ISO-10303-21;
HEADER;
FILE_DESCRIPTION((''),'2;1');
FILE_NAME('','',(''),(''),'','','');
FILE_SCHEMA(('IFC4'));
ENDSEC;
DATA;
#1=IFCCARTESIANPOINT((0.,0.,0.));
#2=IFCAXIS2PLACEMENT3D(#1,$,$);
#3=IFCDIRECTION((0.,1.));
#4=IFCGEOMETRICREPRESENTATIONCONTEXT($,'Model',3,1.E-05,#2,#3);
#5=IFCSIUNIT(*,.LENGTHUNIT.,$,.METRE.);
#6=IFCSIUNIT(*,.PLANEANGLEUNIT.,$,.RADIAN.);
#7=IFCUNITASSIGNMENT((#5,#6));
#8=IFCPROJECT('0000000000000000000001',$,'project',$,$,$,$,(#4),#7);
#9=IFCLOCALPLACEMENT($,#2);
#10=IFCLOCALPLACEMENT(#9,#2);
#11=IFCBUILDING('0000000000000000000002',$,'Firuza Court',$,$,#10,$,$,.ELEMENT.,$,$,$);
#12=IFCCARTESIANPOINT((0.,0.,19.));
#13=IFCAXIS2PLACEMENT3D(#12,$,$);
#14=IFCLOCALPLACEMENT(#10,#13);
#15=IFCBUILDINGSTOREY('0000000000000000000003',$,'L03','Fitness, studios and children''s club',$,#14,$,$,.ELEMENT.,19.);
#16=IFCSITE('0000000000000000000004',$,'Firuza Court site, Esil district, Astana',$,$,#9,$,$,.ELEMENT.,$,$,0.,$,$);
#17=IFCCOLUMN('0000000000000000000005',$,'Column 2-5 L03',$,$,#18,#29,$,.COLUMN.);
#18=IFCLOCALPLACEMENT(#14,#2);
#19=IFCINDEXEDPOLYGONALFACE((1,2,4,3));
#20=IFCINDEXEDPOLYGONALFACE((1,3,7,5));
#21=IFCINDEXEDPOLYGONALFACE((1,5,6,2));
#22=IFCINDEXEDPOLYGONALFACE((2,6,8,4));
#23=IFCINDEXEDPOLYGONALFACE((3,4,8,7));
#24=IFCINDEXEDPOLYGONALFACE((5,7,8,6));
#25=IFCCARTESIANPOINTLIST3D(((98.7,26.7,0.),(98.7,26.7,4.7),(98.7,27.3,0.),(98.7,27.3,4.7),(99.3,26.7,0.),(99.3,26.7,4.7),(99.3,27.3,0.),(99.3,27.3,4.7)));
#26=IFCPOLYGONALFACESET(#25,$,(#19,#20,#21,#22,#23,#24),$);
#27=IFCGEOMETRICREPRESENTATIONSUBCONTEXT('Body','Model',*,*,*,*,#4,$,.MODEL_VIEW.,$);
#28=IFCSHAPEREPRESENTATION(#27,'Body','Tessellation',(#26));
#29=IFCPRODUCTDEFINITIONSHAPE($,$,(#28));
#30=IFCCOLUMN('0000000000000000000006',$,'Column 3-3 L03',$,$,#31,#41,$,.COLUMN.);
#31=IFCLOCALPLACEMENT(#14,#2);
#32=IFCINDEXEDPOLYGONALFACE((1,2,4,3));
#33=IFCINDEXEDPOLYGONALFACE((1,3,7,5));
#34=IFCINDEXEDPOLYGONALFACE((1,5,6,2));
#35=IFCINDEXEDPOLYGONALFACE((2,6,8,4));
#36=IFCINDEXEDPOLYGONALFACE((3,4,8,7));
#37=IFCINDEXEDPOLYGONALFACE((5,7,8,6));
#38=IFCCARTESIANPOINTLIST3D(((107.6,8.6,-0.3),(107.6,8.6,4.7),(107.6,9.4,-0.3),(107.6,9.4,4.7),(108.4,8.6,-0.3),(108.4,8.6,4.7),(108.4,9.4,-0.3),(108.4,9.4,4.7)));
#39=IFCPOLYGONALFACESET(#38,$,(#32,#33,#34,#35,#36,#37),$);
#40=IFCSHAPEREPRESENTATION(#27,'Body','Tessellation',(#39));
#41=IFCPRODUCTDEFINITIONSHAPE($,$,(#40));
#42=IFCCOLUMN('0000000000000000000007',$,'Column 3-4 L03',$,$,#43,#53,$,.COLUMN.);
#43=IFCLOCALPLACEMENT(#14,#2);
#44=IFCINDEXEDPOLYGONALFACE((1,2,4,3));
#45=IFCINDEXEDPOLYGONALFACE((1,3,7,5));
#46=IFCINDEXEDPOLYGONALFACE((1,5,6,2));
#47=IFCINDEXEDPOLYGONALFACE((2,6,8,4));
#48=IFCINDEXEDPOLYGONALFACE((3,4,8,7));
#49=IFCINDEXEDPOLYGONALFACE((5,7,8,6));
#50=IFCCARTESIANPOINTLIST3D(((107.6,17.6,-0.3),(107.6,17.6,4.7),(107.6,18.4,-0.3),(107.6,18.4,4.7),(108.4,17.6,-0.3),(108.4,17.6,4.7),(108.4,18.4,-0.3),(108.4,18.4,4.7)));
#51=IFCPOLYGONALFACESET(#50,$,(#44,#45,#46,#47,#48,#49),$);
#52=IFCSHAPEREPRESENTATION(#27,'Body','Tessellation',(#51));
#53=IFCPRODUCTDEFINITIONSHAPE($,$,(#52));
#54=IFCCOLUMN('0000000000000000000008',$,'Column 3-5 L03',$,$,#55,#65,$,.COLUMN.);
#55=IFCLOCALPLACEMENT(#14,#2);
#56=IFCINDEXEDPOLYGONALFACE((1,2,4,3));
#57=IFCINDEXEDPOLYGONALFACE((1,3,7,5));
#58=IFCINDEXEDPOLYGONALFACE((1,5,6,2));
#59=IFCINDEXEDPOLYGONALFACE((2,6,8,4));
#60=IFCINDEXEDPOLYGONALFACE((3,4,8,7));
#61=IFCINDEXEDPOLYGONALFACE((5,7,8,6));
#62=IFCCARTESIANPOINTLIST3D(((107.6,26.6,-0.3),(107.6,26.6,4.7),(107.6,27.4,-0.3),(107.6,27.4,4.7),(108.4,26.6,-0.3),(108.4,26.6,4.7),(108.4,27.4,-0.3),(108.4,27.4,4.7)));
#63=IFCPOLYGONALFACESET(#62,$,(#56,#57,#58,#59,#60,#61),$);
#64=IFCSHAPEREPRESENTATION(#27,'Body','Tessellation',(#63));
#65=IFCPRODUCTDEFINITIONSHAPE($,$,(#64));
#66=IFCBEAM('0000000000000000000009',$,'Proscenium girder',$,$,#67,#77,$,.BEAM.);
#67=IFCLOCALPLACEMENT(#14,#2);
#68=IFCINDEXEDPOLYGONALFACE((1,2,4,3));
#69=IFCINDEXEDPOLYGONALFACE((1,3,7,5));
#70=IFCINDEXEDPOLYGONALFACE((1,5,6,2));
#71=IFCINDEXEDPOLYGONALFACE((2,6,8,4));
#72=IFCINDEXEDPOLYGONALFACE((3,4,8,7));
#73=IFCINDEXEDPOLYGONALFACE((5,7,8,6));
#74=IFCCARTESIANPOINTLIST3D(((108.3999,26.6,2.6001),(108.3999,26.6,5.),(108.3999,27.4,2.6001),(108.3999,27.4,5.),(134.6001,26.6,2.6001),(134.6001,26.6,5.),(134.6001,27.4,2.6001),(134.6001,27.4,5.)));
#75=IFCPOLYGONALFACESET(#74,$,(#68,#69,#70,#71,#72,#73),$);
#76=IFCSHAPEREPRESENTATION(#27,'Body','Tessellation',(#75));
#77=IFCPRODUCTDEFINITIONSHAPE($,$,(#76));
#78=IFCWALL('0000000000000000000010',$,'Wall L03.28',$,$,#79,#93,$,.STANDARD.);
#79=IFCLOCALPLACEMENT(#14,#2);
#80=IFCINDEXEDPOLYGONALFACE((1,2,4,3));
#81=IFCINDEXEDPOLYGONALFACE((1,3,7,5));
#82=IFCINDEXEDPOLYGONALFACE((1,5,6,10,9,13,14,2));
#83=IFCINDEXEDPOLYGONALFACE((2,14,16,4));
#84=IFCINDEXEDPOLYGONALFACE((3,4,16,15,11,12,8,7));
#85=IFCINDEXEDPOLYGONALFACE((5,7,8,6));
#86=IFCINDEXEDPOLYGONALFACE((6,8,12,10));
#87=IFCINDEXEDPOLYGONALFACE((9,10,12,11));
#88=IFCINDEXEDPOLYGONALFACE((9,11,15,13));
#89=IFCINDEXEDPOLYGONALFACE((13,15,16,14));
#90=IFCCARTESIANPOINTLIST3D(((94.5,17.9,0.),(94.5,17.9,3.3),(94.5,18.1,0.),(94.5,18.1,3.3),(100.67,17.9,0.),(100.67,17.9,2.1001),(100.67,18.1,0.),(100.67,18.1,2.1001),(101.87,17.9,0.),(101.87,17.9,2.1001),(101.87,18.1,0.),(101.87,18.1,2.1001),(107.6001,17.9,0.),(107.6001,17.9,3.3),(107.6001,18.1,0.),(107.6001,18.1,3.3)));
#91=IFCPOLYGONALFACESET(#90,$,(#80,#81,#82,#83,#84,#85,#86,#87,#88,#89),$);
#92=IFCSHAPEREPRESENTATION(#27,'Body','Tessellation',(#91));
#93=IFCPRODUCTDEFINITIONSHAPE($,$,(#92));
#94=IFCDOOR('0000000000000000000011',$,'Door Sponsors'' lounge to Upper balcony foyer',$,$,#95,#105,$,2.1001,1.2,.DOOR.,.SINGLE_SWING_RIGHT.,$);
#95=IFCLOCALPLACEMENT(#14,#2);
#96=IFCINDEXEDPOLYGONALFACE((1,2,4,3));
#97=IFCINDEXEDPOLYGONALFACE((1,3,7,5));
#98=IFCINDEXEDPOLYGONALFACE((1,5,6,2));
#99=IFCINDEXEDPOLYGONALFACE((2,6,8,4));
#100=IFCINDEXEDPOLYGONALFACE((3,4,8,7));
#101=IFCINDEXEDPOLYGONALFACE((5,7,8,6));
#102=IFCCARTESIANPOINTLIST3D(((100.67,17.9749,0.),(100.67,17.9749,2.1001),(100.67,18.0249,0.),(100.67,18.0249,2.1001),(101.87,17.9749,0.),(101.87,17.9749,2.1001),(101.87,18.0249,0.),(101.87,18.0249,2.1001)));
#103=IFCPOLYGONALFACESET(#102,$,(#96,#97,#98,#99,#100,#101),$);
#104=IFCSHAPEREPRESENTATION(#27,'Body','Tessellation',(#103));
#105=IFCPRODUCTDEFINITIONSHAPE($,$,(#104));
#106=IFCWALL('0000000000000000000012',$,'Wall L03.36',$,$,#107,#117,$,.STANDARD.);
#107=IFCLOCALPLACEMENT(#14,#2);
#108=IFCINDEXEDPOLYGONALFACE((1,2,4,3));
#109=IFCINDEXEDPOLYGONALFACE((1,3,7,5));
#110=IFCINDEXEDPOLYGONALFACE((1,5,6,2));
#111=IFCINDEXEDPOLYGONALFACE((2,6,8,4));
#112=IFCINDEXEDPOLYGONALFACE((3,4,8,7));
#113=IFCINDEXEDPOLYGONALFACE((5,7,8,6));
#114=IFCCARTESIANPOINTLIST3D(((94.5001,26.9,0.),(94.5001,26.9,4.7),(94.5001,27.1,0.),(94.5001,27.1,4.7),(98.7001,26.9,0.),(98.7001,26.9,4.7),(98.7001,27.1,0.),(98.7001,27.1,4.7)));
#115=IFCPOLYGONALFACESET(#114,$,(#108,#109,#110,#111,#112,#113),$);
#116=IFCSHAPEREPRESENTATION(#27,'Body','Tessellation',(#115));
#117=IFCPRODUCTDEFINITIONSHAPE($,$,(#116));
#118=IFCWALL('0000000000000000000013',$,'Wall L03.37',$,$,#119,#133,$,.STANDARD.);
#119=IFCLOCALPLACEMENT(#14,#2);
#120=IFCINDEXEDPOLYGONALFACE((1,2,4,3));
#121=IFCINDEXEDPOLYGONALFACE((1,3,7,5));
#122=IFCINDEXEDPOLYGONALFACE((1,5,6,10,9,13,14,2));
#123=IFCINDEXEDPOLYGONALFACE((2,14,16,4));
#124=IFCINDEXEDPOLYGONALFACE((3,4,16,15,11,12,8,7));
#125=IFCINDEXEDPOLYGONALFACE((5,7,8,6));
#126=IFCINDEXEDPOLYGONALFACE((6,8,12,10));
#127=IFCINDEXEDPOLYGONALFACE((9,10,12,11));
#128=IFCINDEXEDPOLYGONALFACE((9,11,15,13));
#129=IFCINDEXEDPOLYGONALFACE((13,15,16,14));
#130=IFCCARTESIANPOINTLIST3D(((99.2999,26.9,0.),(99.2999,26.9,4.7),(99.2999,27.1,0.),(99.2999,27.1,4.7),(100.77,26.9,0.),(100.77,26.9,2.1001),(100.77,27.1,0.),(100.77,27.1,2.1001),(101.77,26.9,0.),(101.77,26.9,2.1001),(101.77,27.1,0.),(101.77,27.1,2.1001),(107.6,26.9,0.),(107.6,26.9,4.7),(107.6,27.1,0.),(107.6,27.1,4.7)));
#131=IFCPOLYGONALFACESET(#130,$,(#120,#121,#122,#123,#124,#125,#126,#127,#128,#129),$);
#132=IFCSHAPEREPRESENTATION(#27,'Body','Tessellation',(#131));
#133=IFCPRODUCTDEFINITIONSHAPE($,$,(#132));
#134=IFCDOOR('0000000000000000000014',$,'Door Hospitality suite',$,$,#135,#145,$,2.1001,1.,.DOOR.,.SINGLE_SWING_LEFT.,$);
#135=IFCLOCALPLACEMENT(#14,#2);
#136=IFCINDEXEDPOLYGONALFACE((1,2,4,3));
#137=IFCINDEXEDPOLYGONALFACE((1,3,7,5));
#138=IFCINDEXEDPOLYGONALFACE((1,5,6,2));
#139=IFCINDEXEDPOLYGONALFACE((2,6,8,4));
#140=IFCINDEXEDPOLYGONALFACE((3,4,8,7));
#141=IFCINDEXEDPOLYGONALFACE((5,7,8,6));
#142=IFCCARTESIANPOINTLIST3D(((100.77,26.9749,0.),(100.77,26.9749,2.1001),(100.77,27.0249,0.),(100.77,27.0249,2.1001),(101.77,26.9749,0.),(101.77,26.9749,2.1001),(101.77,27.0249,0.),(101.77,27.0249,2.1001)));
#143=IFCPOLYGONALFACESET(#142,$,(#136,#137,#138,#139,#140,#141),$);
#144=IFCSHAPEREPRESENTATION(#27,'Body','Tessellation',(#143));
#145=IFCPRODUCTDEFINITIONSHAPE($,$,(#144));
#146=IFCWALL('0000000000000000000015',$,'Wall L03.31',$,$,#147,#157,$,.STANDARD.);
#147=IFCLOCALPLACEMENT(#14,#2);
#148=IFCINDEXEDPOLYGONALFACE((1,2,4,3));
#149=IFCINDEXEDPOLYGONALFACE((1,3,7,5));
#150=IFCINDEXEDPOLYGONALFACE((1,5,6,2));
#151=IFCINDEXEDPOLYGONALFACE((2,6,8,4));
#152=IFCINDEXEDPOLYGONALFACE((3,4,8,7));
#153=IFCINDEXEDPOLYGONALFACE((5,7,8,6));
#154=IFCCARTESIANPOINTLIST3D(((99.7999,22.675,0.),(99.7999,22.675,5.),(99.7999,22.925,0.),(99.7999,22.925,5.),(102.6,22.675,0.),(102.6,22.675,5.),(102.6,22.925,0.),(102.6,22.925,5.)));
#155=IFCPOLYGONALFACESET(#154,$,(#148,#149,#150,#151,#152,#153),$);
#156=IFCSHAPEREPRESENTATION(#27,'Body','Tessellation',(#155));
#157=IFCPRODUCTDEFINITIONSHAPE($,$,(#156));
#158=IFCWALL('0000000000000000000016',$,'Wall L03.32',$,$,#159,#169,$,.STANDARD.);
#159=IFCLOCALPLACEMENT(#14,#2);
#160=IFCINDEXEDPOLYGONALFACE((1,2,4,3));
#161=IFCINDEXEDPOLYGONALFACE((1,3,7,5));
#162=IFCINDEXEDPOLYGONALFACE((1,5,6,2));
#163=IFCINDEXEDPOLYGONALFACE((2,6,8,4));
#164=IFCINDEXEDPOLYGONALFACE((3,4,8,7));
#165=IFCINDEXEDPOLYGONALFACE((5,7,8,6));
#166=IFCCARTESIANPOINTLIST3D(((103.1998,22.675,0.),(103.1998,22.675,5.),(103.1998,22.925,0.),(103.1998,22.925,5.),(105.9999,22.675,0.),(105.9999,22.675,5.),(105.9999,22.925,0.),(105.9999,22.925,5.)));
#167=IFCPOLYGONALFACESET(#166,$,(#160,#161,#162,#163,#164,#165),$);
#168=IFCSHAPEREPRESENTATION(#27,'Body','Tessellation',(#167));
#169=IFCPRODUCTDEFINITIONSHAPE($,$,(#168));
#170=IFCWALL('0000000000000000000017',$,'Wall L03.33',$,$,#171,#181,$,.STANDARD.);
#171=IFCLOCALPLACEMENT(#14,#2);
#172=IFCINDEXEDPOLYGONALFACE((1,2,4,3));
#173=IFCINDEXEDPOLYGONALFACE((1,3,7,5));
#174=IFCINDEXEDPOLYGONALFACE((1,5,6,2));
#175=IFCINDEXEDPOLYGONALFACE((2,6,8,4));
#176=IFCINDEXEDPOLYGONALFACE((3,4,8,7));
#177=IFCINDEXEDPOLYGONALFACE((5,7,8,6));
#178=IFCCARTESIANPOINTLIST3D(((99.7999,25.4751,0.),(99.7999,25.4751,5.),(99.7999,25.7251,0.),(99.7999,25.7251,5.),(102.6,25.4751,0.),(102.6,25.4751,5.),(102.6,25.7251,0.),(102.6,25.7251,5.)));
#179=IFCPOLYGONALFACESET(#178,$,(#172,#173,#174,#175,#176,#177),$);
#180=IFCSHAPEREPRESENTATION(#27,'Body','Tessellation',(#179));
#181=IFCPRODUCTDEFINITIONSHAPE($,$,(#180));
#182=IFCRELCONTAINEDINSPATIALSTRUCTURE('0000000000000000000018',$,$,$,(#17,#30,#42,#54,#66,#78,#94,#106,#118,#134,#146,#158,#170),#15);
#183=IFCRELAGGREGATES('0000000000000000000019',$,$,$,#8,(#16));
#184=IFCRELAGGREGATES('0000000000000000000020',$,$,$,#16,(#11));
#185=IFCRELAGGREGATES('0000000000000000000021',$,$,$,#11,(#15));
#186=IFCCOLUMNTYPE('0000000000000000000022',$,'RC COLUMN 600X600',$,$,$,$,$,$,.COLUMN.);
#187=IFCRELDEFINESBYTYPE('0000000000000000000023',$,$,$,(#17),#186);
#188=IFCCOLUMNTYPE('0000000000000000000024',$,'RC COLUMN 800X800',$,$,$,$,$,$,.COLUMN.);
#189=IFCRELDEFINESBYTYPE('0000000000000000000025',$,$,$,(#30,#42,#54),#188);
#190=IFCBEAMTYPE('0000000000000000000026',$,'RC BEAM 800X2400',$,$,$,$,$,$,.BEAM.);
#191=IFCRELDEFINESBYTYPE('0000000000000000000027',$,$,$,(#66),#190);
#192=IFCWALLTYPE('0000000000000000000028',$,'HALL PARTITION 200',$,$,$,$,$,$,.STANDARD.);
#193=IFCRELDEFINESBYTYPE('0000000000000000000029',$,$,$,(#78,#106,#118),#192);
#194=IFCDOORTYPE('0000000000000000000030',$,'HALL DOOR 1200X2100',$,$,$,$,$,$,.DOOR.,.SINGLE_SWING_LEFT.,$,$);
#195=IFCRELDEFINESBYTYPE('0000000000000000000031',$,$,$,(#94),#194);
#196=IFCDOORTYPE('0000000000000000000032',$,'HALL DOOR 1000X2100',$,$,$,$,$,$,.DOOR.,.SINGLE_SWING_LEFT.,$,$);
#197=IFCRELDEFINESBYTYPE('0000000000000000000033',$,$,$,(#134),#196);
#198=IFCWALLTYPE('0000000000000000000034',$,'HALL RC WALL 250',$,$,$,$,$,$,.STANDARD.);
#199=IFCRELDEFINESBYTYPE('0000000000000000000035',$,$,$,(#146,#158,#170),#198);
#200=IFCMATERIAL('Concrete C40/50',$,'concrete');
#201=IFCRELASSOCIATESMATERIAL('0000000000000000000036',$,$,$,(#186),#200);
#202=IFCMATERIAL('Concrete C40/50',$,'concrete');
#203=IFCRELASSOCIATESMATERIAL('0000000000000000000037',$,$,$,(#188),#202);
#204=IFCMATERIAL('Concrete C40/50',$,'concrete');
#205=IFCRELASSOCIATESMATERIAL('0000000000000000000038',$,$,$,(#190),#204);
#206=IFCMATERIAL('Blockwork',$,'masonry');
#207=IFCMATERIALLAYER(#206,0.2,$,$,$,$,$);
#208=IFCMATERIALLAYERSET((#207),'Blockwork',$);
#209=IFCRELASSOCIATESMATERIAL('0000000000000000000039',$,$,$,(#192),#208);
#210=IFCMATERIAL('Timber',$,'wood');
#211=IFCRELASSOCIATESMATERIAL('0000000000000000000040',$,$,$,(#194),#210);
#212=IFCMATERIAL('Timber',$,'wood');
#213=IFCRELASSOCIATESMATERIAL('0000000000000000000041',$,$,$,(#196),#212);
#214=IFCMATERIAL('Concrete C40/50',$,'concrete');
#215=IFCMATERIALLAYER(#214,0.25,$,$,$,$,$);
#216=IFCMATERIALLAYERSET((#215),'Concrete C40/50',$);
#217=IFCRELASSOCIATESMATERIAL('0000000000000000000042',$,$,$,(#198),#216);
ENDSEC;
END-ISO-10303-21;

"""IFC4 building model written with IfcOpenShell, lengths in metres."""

from ifc_helpers import new_model, si_unit, direction, frame, frame_2d, origin, origin_2d, place, context, subcontext, project, spatial, rectangle, extrude, material, layer, layer_set, material_profile, profile_set, type_object, element, fill, save


model = new_model("IFC4")

# Units and contexts
model_context = context("Model", 3, precision=1e-05, world=origin(), true_north=direction((0.0, 1.0)))
body_context = subcontext(model_context, "Body", "Model", "MODEL_VIEW")
ifc_project = project(units=[si_unit("LENGTHUNIT", "METRE"), si_unit("PLANEANGLEUNIT", "RADIAN")], contexts=[model_context])

# Site, building, storey
site_placement = place(None, origin())
site = spatial("IfcSite", under=ifc_project, at=site_placement, Name="Firuza Court site, Esil district, Astana", CompositionType="ELEMENT", RefElevation=0.0)
building_placement = place(site_placement, origin())
building = spatial("IfcBuilding", under=site, at=building_placement, Name="Firuza Court", CompositionType="ELEMENT")
storey_placement = place(building_placement, frame((0.0, 0.0, 19.0)))
storey = spatial("IfcBuildingStorey", under=building, at=storey_placement, Name="L03", Description="Fitness, studios and children's club", CompositionType="ELEMENT", Elevation=19.0)

# Columns
ifc_material_1 = material(Name="Concrete C40/50", Category="concrete")
ifc_material_profile_1 = material_profile(ifc_material_1, rectangle(XDim=0.6001, YDim=0.6001, at=origin_2d()), Name="RC 600X600")
ifc_profile_set_1 = profile_set([ifc_material_profile_1], Name="Concrete C40/50")
column_type_1 = type_object("IfcColumnType", Name="RC COLUMN 600X600", PredefinedType="COLUMN", material=ifc_profile_set_1)
column_placement = place(storey_placement, frame((99.0, 27.0, 0.0), z_axis=(0.0, 0.0, 1.0), x_axis=(1.0, 0.0, 0.0)))
element("IfcColumn", 1, at=column_placement, inside=storey, type_object=column_type_1, Name="Column 2-5 L03", PredefinedType="COLUMN", context=body_context, shape_type="SweptSolid", body=[
    extrude(rectangle(XDim=0.6001, YDim=0.6001, at=origin_2d()), origin(), (0.0, 0.0, 1.0), 4.7),
])
ifc_material_2 = material(Name="Concrete C40/50", Category="concrete")
ifc_material_profile_2 = material_profile(ifc_material_2, rectangle(XDim=0.8, YDim=0.8, at=origin_2d()), Name="RC 800X800")
ifc_profile_set_2 = profile_set([ifc_material_profile_2], Name="Concrete C40/50")
column_type_2 = type_object("IfcColumnType", Name="RC COLUMN 800X800", PredefinedType="COLUMN", material=ifc_profile_set_2)
for number, where, z_axis, x_axis, name in (
    (2, (108.0, 9.0, -0.3), (0.0, 0.0, 1.0), (1.0, 0.0, 0.0), "Column 3-3 L03"),
    (3, (108.0, 18.0, -0.3), (0.0, 0.0, 1.0), (1.0, 0.0, 0.0), "Column 3-4 L03"),
    (4, (108.0, 27.0, -0.3), (0.0, 0.0, 1.0), (1.0, 0.0, 0.0), "Column 3-5 L03"),
):
    element("IfcColumn", number, at=place(storey_placement, frame(where, z_axis=z_axis, x_axis=x_axis)), inside=storey, type_object=column_type_2, Name=name, PredefinedType="COLUMN", context=body_context, shape_type="SweptSolid", body=[
        extrude(rectangle(XDim=0.8, YDim=0.8, at=origin_2d()), origin(), (0.0, 0.0, 1.0), 5.0),
    ])

# Beam
ifc_material_3 = material(Name="Concrete C40/50", Category="concrete")
ifc_material_profile_3 = material_profile(ifc_material_3, rectangle(XDim=0.8, YDim=2.3999, at=origin_2d()), Name="RC 800X2400")
ifc_profile_set_3 = profile_set([ifc_material_profile_3], Name="Concrete C40/50")
beam_type = type_object("IfcBeamType", Name="RC BEAM 800X2400", PredefinedType="BEAM", material=ifc_profile_set_3)
beam_placement = place(storey_placement, frame((108.3999, 27.0, 3.8), z_axis=(1.0, 0.0, 0.0), x_axis=(0.0, 1.0, 0.0)))
element("IfcBeam", 5, at=beam_placement, inside=storey, type_object=beam_type, Name="Proscenium girder", PredefinedType="BEAM", context=body_context, shape_type="SweptSolid", body=[
    extrude(rectangle(XDim=0.8, YDim=2.3999, at=origin_2d()), origin(), (0.0, 0.0, 1.0), 26.2002),
])

# Wall, opening, door
ifc_material_4 = material(Name="Blockwork", Category="masonry")
ifc_layer_1 = layer(ifc_material_4, 0.2)
ifc_layer_set_1 = layer_set([ifc_layer_1], Name="Blockwork")
wall_type_1 = type_object("IfcWallType", Name="HALL PARTITION 200", PredefinedType="STANDARD", material=ifc_layer_set_1)
wall_1_placement = place(storey_placement, frame((94.5, 18.0, 0.0), z_axis=(0.0, 0.0, 1.0), x_axis=(1.0, 0.0, 0.0)))
wall_1 = element("IfcWall", 6, at=wall_1_placement, inside=storey, type_object=wall_type_1, Name="Wall L03.28", PredefinedType="STANDARD", context=body_context, shape_type="SweptSolid", body=[
    extrude(rectangle(XDim=13.1001, YDim=0.2, at=frame_2d((6.55, 0.0))), origin(), (0.0, 0.0, 1.0), 3.3),
])
opening_1_placement = place(wall_1_placement, frame((6.1699, 0.0, 0.0)))
opening_1 = element("IfcOpeningElement", 7, at=opening_1_placement, cuts=wall_1, PredefinedType="OPENING", context=body_context, shape_type="SweptSolid", body=[
    extrude(rectangle(XDim=1.2, YDim=2.1001, at=frame_2d((0.6001, 1.05))), frame((0.0, 0.1118, 0.0), z_axis=(0.0, -1.0, 0.0), x_axis=(1.0, 0.0, 0.0)), (0.0, 0.0, 1.0), 0.2239),
])
ifc_material_5 = material(Name="Timber", Category="wood")
door_type_1 = type_object("IfcDoorType", Name="HALL DOOR 1200X2100", OperationType="SINGLE_SWING_LEFT", PredefinedType="DOOR", material=ifc_material_5)
door_1_placement = place(opening_1_placement, origin())
door_1 = element("IfcDoor", 8, at=door_1_placement, inside=storey, type_object=door_type_1, Name="Door Sponsors' lounge to Upper balcony foyer", OperationType="SINGLE_SWING_RIGHT", OverallHeight=2.1001, OverallWidth=1.2, PredefinedType="DOOR", context=body_context, shape_type="SweptSolid", body=[
    extrude(rectangle(XDim=1.2, YDim=2.1001, at=frame_2d((0.6001, 1.05))), frame((0.0, 0.0249, 0.0), z_axis=(0.0, -1.0, 0.0), x_axis=(1.0, 0.0, 0.0)), (0.0, 0.0, 1.0), 0.05),
])
fill(opening_1, door_1)

# Wall
wall_2_placement = place(storey_placement, frame((94.5, 27.0, 0.0), z_axis=(0.0, 0.0, 1.0), x_axis=(1.0, 0.0, 0.0)))
element("IfcWall", 9, at=wall_2_placement, inside=storey, type_object=wall_type_1, Name="Wall L03.36", PredefinedType="STANDARD", context=body_context, shape_type="SweptSolid", body=[
    extrude(rectangle(XDim=4.2, YDim=0.2, at=frame_2d((2.1001, 0.0))), origin(), (0.0, 0.0, 1.0), 4.7),
])

# Wall, opening, door
wall_3_placement = place(storey_placement, frame((99.3, 27.0, 0.0), z_axis=(0.0, 0.0, 1.0), x_axis=(1.0, 0.0, 0.0)))
wall_3 = element("IfcWall", 10, at=wall_3_placement, inside=storey, type_object=wall_type_1, Name="Wall L03.37", PredefinedType="STANDARD", context=body_context, shape_type="SweptSolid", body=[
    extrude(rectangle(XDim=8.3, YDim=0.2, at=frame_2d((4.1499, 0.0))), origin(), (0.0, 0.0, 1.0), 4.7),
])
opening_2_placement = place(wall_3_placement, frame((1.47, 0.0, 0.0)))
opening_2 = element("IfcOpeningElement", 11, at=opening_2_placement, cuts=wall_3, PredefinedType="OPENING", context=body_context, shape_type="SweptSolid", body=[
    extrude(rectangle(XDim=1.0, YDim=2.1001, at=frame_2d((0.5, 1.05))), frame((0.0, 0.1118, 0.0), z_axis=(0.0, -1.0, 0.0), x_axis=(1.0, 0.0, 0.0)), (0.0, 0.0, 1.0), 0.2239),
])
ifc_material_6 = material(Name="Timber", Category="wood")
door_type_2 = type_object("IfcDoorType", Name="HALL DOOR 1000X2100", OperationType="SINGLE_SWING_LEFT", PredefinedType="DOOR", material=ifc_material_6)
door_2_placement = place(opening_2_placement, origin())
door_2 = element("IfcDoor", 12, at=door_2_placement, inside=storey, type_object=door_type_2, Name="Door Hospitality suite", OperationType="SINGLE_SWING_LEFT", OverallHeight=2.1001, OverallWidth=1.0, PredefinedType="DOOR", context=body_context, shape_type="SweptSolid", body=[
    extrude(rectangle(XDim=1.0, YDim=2.1001, at=frame_2d((0.5, 1.05))), frame((0.0, 0.0249, 0.0), z_axis=(0.0, -1.0, 0.0), x_axis=(1.0, 0.0, 0.0)), (0.0, 0.0, 1.0), 0.05),
])
fill(opening_2, door_2)

# Walls
ifc_material_7 = material(Name="Concrete C40/50", Category="concrete")
ifc_layer_2 = layer(ifc_material_7, 0.25)
ifc_layer_set_2 = layer_set([ifc_layer_2], Name="Concrete C40/50")
wall_type_2 = type_object("IfcWallType", Name="HALL RC WALL 250", PredefinedType="STANDARD", material=ifc_layer_set_2)
for number, where, z_axis, x_axis, name in (
    (13, (99.8, 22.8, 0.0), (0.0, 0.0, 1.0), (1.0, 0.0, 0.0), "Wall L03.31"),
    (14, (103.2, 22.8, 0.0), (0.0, 0.0, 1.0), (1.0, 0.0, 0.0), "Wall L03.32"),
    (15, (99.8, 25.6001, 0.0), (0.0, 0.0, 1.0), (1.0, 0.0, 0.0), "Wall L03.33"),
):
    element("IfcWall", number, at=place(storey_placement, frame(where, z_axis=z_axis, x_axis=x_axis)), inside=storey, type_object=wall_type_2, Name=name, PredefinedType="STANDARD", context=body_context, shape_type="SweptSolid", body=[
        extrude(rectangle(XDim=2.8, YDim=0.25, at=frame_2d((1.3999, 0.0))), origin(), (0.0, 0.0, 1.0), 5.0),
    ])

save(model, "model.ifc")
